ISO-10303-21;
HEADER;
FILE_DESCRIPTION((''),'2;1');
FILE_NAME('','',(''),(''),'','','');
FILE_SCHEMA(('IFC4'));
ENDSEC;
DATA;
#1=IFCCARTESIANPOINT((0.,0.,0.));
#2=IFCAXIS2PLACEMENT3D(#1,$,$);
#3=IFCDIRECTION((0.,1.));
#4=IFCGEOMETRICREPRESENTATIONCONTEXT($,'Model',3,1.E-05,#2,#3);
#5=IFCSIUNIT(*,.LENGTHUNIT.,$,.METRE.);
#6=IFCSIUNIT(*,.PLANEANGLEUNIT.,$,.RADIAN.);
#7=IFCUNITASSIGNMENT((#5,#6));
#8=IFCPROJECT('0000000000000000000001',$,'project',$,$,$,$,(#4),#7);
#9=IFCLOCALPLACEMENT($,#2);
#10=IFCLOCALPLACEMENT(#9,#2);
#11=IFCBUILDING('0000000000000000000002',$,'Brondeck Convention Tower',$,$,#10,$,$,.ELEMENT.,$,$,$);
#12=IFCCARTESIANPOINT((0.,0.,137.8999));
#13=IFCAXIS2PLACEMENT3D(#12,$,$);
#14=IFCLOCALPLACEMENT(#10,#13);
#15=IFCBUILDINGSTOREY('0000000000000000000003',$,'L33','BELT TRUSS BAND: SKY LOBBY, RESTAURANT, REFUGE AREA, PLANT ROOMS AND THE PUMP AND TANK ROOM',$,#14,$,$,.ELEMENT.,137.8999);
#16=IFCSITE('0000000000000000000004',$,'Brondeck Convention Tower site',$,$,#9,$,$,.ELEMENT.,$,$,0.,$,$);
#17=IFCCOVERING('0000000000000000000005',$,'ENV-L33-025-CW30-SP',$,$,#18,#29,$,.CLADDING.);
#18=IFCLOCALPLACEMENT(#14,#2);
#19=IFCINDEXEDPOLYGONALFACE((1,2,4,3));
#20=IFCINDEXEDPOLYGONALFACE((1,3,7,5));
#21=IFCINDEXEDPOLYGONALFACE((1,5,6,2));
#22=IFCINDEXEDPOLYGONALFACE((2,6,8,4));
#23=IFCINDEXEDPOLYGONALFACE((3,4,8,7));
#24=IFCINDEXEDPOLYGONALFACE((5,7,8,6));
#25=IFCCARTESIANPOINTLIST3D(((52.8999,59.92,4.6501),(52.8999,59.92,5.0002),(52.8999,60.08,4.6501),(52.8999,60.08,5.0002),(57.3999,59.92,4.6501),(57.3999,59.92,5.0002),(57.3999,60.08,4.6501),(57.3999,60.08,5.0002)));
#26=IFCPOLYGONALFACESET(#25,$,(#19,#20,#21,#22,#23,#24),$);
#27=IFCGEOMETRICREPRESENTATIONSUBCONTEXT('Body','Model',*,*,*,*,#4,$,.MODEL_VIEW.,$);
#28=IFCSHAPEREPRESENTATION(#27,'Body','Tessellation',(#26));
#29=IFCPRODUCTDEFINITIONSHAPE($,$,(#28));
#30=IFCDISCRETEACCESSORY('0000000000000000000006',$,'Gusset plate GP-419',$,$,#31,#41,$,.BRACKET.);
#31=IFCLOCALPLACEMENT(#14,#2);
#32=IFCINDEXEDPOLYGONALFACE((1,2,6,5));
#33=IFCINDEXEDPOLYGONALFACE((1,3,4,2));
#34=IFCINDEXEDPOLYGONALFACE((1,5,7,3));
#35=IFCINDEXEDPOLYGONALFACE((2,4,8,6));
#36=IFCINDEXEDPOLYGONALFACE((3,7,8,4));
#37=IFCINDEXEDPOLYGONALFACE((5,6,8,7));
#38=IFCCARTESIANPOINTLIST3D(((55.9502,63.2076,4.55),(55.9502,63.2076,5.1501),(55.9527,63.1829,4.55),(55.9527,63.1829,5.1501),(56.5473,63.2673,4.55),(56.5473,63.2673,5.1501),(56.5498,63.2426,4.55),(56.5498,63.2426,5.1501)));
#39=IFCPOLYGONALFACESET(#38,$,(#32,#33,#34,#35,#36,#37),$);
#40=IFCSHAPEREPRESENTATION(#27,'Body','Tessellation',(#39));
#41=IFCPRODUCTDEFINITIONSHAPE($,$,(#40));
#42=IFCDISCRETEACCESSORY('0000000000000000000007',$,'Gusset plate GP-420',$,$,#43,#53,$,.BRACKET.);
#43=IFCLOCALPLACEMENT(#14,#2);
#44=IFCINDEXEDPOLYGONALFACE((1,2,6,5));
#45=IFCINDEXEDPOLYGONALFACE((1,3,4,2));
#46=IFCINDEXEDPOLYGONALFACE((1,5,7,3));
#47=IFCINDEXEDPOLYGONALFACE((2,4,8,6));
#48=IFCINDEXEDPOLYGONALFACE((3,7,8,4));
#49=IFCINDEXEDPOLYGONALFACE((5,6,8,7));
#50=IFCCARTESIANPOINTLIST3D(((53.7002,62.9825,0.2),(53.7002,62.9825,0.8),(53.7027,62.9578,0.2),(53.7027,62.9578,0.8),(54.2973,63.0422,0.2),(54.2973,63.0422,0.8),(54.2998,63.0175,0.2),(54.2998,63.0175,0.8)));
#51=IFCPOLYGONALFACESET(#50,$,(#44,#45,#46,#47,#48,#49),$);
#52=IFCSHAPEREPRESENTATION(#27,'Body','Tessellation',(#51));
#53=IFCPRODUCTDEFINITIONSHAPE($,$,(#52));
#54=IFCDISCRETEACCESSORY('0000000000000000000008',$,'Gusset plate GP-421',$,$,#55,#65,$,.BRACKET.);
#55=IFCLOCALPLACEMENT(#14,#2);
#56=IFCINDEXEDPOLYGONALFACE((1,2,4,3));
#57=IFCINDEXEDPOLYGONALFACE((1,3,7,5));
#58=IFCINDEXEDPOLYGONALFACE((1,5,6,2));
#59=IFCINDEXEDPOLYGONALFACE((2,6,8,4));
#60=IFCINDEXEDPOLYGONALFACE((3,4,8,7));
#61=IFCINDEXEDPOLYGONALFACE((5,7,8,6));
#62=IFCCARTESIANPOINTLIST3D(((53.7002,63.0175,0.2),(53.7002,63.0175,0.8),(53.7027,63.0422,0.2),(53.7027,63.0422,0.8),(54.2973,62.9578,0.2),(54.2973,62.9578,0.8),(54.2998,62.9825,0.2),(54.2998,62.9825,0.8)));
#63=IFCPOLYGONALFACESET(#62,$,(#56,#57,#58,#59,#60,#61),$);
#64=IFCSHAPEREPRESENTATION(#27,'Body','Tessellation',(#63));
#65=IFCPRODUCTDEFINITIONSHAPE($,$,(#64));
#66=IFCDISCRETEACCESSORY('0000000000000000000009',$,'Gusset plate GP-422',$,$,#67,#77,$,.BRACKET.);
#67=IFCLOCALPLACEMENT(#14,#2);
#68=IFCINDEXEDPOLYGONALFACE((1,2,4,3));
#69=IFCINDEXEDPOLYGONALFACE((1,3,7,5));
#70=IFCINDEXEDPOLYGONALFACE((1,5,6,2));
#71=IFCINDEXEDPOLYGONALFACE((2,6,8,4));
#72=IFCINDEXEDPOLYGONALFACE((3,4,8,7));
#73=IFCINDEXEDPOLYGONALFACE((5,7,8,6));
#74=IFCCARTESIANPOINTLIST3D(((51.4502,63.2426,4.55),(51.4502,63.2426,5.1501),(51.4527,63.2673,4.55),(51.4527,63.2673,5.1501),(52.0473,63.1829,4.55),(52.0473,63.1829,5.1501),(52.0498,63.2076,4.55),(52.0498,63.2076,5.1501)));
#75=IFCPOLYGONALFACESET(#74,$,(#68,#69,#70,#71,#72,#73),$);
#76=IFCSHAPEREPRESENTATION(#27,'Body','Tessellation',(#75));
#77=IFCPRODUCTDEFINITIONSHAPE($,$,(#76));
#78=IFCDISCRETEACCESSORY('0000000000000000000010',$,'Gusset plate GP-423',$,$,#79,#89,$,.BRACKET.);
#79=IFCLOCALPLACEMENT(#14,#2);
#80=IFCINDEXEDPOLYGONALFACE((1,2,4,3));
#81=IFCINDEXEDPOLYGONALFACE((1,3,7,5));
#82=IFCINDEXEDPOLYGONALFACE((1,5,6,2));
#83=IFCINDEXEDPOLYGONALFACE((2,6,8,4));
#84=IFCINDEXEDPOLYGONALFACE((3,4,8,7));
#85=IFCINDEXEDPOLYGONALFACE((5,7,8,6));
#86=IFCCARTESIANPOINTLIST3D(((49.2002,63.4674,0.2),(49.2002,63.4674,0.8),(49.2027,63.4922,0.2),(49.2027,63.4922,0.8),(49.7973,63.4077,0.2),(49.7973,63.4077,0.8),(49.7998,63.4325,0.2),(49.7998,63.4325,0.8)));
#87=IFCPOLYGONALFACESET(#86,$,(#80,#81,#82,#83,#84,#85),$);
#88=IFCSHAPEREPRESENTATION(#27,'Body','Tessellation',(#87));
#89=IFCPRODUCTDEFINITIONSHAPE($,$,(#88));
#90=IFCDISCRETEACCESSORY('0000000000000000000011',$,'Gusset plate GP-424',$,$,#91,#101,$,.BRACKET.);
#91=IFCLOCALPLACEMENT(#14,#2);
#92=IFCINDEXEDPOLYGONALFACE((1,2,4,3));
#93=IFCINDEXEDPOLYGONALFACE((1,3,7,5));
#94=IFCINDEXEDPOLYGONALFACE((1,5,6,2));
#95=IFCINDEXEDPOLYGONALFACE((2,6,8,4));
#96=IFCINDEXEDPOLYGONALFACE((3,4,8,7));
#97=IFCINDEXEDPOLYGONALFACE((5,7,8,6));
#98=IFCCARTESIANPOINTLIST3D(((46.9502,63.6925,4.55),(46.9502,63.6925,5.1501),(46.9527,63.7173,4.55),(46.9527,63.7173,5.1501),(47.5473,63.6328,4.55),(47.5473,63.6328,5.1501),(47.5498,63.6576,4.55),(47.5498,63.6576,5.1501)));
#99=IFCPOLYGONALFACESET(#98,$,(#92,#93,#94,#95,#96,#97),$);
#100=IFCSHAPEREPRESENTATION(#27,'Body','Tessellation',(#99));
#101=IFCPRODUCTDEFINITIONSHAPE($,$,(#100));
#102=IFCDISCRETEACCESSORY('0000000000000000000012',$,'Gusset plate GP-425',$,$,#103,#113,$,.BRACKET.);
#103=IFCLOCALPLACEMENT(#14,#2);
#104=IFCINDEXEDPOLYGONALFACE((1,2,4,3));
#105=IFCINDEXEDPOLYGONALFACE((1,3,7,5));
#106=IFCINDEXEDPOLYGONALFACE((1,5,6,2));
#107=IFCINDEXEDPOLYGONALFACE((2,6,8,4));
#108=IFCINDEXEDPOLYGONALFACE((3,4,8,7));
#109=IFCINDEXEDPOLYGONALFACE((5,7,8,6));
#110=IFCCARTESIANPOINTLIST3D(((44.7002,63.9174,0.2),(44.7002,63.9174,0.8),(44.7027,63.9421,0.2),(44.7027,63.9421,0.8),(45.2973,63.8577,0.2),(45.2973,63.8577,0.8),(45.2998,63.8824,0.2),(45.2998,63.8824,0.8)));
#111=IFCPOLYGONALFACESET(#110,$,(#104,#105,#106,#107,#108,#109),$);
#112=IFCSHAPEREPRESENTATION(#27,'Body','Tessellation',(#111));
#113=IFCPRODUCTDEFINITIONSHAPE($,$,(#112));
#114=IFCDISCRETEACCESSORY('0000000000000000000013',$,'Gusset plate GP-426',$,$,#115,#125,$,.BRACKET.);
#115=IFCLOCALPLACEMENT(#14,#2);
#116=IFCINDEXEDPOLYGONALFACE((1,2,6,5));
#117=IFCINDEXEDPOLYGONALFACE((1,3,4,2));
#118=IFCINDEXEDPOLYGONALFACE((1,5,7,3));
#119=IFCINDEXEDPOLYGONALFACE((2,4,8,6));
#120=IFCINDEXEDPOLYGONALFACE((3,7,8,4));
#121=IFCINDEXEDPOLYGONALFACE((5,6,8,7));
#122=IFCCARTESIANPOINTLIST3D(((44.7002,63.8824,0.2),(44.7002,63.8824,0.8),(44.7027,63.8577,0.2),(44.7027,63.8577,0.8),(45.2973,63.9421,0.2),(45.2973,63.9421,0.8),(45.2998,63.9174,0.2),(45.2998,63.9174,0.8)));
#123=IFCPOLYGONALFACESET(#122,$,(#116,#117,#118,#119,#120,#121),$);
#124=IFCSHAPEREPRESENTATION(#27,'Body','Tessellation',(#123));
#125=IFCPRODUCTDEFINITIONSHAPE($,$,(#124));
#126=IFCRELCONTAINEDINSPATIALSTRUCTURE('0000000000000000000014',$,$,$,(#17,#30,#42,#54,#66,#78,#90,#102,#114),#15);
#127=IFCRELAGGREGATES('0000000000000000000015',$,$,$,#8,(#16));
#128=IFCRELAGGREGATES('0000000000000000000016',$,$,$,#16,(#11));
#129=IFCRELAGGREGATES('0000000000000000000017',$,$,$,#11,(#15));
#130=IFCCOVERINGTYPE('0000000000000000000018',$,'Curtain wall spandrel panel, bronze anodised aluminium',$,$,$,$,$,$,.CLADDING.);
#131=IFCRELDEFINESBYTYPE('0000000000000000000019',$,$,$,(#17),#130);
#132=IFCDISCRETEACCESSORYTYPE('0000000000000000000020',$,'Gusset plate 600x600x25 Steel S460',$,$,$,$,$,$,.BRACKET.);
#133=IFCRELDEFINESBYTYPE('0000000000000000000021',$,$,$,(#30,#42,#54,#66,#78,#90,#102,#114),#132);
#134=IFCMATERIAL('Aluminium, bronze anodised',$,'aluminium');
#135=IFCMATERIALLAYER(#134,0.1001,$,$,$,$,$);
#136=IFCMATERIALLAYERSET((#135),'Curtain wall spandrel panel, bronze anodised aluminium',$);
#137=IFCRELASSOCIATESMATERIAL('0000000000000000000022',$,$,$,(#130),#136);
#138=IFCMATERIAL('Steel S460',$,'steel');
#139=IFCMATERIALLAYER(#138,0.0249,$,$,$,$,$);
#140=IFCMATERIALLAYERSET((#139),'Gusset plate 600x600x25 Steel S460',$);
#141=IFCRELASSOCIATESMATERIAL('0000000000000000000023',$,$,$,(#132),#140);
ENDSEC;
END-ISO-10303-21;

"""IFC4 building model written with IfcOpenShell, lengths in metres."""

from ifc_helpers import new_model, si_unit, direction, frame, origin, origin_2d, place, context, subcontext, project, spatial, rectangle, extrude, material, layer, layer_set, type_object, element, save


model = new_model("IFC4")

# Units and contexts
model_context = context("Model", 3, precision=1e-05, world=origin(), true_north=direction((0.0, 1.0)))
body_context = subcontext(model_context, "Body", "Model", "MODEL_VIEW")
ifc_project = project(units=[si_unit("LENGTHUNIT", "METRE"), si_unit("PLANEANGLEUNIT", "RADIAN")], contexts=[model_context])

# Site, building, storey
site_placement = place(None, origin())
site = spatial("IfcSite", under=ifc_project, at=site_placement, Name="Brondeck Convention Tower site", CompositionType="ELEMENT", RefElevation=0.0)
building_placement = place(site_placement, origin())
building = spatial("IfcBuilding", under=site, at=building_placement, Name="Brondeck Convention Tower", CompositionType="ELEMENT")
storey_placement = place(building_placement, frame((0.0, 0.0, 137.8999)))
storey = spatial("IfcBuildingStorey", under=building, at=storey_placement, Name="L33", Description="BELT TRUSS BAND: SKY LOBBY, RESTAURANT, REFUGE AREA, PLANT ROOMS AND THE PUMP AND TANK ROOM", CompositionType="ELEMENT", Elevation=137.8999)

# Shared definitions
ifc_material_1 = material(Name="Aluminium, bronze anodised", Category="aluminium")

# Shared definitions
ifc_material_2 = material(Name="Steel S460", Category="steel")

# Covering
ifc_layer_1 = layer(ifc_material_1, 0.1001)
ifc_layer_set_1 = layer_set([ifc_layer_1], Name="Curtain wall spandrel panel, bronze anodised aluminium")
covering_type = type_object("IfcCoveringType", Name="Curtain wall spandrel panel, bronze anodised aluminium", PredefinedType="CLADDING", material=ifc_layer_set_1)
covering_placement = place(storey_placement, frame((55.1499, 60.0, 4.6501), z_axis=(0.0, 0.0, 1.0), x_axis=(1.0, 0.0, 0.0)))
element("IfcCovering", 1, at=covering_placement, inside=storey, type_object=covering_type, Name="ENV-L33-025-CW30-SP", PredefinedType="CLADDING", context=body_context, shape_type="SweptSolid", body=[
    extrude(rectangle(XDim=4.5, YDim=0.1599, at=origin_2d()), origin(), (0.0, 0.0, 1.0), 0.3501),
])

# Discrete accessories
ifc_layer_2 = layer(ifc_material_2, 0.0249)
ifc_layer_set_2 = layer_set([ifc_layer_2], Name="Gusset plate 600x600x25 Steel S460")
discrete_accessory_type = type_object("IfcDiscreteAccessoryType", Name="Gusset plate 600x600x25 Steel S460", PredefinedType="BRACKET", material=ifc_layer_set_2)
for number, where, z_axis, x_axis, name in (
    (2, (56.25, 63.2251, 4.55), (0.0, 0.0, 1.0), (0.995036, 0.099511, 0.0), "Gusset plate GP-419"),
    (3, (54.0, 63.0, 0.2), (0.0, 0.0, 1.0), (0.995036, 0.099511, 0.0), "Gusset plate GP-420"),
    (4, (54.0, 63.0, 0.2), (0.0, 0.0, 1.0), (-0.995036, 0.099511, 0.0), "Gusset plate GP-421"),
    (5, (51.75, 63.2251, 4.55), (0.0, 0.0, 1.0), (-0.995036, 0.099511, 0.0), "Gusset plate GP-422"),
    (6, (49.5, 63.45, 0.2), (0.0, 0.0, 1.0), (-0.995036, 0.099511, 0.0), "Gusset plate GP-423"),
    (7, (47.25, 63.675, 4.55), (0.0, 0.0, 1.0), (-0.995036, 0.099511, 0.0), "Gusset plate GP-424"),
    (8, (45.0, 63.8999, 0.2), (0.0, 0.0, 1.0), (-0.995036, 0.099511, 0.0), "Gusset plate GP-425"),
    (9, (45.0, 63.8999, 0.2), (0.0, 0.0, 1.0), (0.995036, 0.099511, 0.0), "Gusset plate GP-426"),
):
    element("IfcDiscreteAccessory", number, at=place(storey_placement, frame(where, z_axis=z_axis, x_axis=x_axis)), inside=storey, type_object=discrete_accessory_type, Name=name, PredefinedType="BRACKET", context=body_context, shape_type="SweptSolid", body=[
        extrude(rectangle(XDim=0.6001, YDim=0.0249, at=origin_2d()), origin(), (0.0, 0.0, 1.0), 0.6001),
    ])

save(model, "model.ifc")
